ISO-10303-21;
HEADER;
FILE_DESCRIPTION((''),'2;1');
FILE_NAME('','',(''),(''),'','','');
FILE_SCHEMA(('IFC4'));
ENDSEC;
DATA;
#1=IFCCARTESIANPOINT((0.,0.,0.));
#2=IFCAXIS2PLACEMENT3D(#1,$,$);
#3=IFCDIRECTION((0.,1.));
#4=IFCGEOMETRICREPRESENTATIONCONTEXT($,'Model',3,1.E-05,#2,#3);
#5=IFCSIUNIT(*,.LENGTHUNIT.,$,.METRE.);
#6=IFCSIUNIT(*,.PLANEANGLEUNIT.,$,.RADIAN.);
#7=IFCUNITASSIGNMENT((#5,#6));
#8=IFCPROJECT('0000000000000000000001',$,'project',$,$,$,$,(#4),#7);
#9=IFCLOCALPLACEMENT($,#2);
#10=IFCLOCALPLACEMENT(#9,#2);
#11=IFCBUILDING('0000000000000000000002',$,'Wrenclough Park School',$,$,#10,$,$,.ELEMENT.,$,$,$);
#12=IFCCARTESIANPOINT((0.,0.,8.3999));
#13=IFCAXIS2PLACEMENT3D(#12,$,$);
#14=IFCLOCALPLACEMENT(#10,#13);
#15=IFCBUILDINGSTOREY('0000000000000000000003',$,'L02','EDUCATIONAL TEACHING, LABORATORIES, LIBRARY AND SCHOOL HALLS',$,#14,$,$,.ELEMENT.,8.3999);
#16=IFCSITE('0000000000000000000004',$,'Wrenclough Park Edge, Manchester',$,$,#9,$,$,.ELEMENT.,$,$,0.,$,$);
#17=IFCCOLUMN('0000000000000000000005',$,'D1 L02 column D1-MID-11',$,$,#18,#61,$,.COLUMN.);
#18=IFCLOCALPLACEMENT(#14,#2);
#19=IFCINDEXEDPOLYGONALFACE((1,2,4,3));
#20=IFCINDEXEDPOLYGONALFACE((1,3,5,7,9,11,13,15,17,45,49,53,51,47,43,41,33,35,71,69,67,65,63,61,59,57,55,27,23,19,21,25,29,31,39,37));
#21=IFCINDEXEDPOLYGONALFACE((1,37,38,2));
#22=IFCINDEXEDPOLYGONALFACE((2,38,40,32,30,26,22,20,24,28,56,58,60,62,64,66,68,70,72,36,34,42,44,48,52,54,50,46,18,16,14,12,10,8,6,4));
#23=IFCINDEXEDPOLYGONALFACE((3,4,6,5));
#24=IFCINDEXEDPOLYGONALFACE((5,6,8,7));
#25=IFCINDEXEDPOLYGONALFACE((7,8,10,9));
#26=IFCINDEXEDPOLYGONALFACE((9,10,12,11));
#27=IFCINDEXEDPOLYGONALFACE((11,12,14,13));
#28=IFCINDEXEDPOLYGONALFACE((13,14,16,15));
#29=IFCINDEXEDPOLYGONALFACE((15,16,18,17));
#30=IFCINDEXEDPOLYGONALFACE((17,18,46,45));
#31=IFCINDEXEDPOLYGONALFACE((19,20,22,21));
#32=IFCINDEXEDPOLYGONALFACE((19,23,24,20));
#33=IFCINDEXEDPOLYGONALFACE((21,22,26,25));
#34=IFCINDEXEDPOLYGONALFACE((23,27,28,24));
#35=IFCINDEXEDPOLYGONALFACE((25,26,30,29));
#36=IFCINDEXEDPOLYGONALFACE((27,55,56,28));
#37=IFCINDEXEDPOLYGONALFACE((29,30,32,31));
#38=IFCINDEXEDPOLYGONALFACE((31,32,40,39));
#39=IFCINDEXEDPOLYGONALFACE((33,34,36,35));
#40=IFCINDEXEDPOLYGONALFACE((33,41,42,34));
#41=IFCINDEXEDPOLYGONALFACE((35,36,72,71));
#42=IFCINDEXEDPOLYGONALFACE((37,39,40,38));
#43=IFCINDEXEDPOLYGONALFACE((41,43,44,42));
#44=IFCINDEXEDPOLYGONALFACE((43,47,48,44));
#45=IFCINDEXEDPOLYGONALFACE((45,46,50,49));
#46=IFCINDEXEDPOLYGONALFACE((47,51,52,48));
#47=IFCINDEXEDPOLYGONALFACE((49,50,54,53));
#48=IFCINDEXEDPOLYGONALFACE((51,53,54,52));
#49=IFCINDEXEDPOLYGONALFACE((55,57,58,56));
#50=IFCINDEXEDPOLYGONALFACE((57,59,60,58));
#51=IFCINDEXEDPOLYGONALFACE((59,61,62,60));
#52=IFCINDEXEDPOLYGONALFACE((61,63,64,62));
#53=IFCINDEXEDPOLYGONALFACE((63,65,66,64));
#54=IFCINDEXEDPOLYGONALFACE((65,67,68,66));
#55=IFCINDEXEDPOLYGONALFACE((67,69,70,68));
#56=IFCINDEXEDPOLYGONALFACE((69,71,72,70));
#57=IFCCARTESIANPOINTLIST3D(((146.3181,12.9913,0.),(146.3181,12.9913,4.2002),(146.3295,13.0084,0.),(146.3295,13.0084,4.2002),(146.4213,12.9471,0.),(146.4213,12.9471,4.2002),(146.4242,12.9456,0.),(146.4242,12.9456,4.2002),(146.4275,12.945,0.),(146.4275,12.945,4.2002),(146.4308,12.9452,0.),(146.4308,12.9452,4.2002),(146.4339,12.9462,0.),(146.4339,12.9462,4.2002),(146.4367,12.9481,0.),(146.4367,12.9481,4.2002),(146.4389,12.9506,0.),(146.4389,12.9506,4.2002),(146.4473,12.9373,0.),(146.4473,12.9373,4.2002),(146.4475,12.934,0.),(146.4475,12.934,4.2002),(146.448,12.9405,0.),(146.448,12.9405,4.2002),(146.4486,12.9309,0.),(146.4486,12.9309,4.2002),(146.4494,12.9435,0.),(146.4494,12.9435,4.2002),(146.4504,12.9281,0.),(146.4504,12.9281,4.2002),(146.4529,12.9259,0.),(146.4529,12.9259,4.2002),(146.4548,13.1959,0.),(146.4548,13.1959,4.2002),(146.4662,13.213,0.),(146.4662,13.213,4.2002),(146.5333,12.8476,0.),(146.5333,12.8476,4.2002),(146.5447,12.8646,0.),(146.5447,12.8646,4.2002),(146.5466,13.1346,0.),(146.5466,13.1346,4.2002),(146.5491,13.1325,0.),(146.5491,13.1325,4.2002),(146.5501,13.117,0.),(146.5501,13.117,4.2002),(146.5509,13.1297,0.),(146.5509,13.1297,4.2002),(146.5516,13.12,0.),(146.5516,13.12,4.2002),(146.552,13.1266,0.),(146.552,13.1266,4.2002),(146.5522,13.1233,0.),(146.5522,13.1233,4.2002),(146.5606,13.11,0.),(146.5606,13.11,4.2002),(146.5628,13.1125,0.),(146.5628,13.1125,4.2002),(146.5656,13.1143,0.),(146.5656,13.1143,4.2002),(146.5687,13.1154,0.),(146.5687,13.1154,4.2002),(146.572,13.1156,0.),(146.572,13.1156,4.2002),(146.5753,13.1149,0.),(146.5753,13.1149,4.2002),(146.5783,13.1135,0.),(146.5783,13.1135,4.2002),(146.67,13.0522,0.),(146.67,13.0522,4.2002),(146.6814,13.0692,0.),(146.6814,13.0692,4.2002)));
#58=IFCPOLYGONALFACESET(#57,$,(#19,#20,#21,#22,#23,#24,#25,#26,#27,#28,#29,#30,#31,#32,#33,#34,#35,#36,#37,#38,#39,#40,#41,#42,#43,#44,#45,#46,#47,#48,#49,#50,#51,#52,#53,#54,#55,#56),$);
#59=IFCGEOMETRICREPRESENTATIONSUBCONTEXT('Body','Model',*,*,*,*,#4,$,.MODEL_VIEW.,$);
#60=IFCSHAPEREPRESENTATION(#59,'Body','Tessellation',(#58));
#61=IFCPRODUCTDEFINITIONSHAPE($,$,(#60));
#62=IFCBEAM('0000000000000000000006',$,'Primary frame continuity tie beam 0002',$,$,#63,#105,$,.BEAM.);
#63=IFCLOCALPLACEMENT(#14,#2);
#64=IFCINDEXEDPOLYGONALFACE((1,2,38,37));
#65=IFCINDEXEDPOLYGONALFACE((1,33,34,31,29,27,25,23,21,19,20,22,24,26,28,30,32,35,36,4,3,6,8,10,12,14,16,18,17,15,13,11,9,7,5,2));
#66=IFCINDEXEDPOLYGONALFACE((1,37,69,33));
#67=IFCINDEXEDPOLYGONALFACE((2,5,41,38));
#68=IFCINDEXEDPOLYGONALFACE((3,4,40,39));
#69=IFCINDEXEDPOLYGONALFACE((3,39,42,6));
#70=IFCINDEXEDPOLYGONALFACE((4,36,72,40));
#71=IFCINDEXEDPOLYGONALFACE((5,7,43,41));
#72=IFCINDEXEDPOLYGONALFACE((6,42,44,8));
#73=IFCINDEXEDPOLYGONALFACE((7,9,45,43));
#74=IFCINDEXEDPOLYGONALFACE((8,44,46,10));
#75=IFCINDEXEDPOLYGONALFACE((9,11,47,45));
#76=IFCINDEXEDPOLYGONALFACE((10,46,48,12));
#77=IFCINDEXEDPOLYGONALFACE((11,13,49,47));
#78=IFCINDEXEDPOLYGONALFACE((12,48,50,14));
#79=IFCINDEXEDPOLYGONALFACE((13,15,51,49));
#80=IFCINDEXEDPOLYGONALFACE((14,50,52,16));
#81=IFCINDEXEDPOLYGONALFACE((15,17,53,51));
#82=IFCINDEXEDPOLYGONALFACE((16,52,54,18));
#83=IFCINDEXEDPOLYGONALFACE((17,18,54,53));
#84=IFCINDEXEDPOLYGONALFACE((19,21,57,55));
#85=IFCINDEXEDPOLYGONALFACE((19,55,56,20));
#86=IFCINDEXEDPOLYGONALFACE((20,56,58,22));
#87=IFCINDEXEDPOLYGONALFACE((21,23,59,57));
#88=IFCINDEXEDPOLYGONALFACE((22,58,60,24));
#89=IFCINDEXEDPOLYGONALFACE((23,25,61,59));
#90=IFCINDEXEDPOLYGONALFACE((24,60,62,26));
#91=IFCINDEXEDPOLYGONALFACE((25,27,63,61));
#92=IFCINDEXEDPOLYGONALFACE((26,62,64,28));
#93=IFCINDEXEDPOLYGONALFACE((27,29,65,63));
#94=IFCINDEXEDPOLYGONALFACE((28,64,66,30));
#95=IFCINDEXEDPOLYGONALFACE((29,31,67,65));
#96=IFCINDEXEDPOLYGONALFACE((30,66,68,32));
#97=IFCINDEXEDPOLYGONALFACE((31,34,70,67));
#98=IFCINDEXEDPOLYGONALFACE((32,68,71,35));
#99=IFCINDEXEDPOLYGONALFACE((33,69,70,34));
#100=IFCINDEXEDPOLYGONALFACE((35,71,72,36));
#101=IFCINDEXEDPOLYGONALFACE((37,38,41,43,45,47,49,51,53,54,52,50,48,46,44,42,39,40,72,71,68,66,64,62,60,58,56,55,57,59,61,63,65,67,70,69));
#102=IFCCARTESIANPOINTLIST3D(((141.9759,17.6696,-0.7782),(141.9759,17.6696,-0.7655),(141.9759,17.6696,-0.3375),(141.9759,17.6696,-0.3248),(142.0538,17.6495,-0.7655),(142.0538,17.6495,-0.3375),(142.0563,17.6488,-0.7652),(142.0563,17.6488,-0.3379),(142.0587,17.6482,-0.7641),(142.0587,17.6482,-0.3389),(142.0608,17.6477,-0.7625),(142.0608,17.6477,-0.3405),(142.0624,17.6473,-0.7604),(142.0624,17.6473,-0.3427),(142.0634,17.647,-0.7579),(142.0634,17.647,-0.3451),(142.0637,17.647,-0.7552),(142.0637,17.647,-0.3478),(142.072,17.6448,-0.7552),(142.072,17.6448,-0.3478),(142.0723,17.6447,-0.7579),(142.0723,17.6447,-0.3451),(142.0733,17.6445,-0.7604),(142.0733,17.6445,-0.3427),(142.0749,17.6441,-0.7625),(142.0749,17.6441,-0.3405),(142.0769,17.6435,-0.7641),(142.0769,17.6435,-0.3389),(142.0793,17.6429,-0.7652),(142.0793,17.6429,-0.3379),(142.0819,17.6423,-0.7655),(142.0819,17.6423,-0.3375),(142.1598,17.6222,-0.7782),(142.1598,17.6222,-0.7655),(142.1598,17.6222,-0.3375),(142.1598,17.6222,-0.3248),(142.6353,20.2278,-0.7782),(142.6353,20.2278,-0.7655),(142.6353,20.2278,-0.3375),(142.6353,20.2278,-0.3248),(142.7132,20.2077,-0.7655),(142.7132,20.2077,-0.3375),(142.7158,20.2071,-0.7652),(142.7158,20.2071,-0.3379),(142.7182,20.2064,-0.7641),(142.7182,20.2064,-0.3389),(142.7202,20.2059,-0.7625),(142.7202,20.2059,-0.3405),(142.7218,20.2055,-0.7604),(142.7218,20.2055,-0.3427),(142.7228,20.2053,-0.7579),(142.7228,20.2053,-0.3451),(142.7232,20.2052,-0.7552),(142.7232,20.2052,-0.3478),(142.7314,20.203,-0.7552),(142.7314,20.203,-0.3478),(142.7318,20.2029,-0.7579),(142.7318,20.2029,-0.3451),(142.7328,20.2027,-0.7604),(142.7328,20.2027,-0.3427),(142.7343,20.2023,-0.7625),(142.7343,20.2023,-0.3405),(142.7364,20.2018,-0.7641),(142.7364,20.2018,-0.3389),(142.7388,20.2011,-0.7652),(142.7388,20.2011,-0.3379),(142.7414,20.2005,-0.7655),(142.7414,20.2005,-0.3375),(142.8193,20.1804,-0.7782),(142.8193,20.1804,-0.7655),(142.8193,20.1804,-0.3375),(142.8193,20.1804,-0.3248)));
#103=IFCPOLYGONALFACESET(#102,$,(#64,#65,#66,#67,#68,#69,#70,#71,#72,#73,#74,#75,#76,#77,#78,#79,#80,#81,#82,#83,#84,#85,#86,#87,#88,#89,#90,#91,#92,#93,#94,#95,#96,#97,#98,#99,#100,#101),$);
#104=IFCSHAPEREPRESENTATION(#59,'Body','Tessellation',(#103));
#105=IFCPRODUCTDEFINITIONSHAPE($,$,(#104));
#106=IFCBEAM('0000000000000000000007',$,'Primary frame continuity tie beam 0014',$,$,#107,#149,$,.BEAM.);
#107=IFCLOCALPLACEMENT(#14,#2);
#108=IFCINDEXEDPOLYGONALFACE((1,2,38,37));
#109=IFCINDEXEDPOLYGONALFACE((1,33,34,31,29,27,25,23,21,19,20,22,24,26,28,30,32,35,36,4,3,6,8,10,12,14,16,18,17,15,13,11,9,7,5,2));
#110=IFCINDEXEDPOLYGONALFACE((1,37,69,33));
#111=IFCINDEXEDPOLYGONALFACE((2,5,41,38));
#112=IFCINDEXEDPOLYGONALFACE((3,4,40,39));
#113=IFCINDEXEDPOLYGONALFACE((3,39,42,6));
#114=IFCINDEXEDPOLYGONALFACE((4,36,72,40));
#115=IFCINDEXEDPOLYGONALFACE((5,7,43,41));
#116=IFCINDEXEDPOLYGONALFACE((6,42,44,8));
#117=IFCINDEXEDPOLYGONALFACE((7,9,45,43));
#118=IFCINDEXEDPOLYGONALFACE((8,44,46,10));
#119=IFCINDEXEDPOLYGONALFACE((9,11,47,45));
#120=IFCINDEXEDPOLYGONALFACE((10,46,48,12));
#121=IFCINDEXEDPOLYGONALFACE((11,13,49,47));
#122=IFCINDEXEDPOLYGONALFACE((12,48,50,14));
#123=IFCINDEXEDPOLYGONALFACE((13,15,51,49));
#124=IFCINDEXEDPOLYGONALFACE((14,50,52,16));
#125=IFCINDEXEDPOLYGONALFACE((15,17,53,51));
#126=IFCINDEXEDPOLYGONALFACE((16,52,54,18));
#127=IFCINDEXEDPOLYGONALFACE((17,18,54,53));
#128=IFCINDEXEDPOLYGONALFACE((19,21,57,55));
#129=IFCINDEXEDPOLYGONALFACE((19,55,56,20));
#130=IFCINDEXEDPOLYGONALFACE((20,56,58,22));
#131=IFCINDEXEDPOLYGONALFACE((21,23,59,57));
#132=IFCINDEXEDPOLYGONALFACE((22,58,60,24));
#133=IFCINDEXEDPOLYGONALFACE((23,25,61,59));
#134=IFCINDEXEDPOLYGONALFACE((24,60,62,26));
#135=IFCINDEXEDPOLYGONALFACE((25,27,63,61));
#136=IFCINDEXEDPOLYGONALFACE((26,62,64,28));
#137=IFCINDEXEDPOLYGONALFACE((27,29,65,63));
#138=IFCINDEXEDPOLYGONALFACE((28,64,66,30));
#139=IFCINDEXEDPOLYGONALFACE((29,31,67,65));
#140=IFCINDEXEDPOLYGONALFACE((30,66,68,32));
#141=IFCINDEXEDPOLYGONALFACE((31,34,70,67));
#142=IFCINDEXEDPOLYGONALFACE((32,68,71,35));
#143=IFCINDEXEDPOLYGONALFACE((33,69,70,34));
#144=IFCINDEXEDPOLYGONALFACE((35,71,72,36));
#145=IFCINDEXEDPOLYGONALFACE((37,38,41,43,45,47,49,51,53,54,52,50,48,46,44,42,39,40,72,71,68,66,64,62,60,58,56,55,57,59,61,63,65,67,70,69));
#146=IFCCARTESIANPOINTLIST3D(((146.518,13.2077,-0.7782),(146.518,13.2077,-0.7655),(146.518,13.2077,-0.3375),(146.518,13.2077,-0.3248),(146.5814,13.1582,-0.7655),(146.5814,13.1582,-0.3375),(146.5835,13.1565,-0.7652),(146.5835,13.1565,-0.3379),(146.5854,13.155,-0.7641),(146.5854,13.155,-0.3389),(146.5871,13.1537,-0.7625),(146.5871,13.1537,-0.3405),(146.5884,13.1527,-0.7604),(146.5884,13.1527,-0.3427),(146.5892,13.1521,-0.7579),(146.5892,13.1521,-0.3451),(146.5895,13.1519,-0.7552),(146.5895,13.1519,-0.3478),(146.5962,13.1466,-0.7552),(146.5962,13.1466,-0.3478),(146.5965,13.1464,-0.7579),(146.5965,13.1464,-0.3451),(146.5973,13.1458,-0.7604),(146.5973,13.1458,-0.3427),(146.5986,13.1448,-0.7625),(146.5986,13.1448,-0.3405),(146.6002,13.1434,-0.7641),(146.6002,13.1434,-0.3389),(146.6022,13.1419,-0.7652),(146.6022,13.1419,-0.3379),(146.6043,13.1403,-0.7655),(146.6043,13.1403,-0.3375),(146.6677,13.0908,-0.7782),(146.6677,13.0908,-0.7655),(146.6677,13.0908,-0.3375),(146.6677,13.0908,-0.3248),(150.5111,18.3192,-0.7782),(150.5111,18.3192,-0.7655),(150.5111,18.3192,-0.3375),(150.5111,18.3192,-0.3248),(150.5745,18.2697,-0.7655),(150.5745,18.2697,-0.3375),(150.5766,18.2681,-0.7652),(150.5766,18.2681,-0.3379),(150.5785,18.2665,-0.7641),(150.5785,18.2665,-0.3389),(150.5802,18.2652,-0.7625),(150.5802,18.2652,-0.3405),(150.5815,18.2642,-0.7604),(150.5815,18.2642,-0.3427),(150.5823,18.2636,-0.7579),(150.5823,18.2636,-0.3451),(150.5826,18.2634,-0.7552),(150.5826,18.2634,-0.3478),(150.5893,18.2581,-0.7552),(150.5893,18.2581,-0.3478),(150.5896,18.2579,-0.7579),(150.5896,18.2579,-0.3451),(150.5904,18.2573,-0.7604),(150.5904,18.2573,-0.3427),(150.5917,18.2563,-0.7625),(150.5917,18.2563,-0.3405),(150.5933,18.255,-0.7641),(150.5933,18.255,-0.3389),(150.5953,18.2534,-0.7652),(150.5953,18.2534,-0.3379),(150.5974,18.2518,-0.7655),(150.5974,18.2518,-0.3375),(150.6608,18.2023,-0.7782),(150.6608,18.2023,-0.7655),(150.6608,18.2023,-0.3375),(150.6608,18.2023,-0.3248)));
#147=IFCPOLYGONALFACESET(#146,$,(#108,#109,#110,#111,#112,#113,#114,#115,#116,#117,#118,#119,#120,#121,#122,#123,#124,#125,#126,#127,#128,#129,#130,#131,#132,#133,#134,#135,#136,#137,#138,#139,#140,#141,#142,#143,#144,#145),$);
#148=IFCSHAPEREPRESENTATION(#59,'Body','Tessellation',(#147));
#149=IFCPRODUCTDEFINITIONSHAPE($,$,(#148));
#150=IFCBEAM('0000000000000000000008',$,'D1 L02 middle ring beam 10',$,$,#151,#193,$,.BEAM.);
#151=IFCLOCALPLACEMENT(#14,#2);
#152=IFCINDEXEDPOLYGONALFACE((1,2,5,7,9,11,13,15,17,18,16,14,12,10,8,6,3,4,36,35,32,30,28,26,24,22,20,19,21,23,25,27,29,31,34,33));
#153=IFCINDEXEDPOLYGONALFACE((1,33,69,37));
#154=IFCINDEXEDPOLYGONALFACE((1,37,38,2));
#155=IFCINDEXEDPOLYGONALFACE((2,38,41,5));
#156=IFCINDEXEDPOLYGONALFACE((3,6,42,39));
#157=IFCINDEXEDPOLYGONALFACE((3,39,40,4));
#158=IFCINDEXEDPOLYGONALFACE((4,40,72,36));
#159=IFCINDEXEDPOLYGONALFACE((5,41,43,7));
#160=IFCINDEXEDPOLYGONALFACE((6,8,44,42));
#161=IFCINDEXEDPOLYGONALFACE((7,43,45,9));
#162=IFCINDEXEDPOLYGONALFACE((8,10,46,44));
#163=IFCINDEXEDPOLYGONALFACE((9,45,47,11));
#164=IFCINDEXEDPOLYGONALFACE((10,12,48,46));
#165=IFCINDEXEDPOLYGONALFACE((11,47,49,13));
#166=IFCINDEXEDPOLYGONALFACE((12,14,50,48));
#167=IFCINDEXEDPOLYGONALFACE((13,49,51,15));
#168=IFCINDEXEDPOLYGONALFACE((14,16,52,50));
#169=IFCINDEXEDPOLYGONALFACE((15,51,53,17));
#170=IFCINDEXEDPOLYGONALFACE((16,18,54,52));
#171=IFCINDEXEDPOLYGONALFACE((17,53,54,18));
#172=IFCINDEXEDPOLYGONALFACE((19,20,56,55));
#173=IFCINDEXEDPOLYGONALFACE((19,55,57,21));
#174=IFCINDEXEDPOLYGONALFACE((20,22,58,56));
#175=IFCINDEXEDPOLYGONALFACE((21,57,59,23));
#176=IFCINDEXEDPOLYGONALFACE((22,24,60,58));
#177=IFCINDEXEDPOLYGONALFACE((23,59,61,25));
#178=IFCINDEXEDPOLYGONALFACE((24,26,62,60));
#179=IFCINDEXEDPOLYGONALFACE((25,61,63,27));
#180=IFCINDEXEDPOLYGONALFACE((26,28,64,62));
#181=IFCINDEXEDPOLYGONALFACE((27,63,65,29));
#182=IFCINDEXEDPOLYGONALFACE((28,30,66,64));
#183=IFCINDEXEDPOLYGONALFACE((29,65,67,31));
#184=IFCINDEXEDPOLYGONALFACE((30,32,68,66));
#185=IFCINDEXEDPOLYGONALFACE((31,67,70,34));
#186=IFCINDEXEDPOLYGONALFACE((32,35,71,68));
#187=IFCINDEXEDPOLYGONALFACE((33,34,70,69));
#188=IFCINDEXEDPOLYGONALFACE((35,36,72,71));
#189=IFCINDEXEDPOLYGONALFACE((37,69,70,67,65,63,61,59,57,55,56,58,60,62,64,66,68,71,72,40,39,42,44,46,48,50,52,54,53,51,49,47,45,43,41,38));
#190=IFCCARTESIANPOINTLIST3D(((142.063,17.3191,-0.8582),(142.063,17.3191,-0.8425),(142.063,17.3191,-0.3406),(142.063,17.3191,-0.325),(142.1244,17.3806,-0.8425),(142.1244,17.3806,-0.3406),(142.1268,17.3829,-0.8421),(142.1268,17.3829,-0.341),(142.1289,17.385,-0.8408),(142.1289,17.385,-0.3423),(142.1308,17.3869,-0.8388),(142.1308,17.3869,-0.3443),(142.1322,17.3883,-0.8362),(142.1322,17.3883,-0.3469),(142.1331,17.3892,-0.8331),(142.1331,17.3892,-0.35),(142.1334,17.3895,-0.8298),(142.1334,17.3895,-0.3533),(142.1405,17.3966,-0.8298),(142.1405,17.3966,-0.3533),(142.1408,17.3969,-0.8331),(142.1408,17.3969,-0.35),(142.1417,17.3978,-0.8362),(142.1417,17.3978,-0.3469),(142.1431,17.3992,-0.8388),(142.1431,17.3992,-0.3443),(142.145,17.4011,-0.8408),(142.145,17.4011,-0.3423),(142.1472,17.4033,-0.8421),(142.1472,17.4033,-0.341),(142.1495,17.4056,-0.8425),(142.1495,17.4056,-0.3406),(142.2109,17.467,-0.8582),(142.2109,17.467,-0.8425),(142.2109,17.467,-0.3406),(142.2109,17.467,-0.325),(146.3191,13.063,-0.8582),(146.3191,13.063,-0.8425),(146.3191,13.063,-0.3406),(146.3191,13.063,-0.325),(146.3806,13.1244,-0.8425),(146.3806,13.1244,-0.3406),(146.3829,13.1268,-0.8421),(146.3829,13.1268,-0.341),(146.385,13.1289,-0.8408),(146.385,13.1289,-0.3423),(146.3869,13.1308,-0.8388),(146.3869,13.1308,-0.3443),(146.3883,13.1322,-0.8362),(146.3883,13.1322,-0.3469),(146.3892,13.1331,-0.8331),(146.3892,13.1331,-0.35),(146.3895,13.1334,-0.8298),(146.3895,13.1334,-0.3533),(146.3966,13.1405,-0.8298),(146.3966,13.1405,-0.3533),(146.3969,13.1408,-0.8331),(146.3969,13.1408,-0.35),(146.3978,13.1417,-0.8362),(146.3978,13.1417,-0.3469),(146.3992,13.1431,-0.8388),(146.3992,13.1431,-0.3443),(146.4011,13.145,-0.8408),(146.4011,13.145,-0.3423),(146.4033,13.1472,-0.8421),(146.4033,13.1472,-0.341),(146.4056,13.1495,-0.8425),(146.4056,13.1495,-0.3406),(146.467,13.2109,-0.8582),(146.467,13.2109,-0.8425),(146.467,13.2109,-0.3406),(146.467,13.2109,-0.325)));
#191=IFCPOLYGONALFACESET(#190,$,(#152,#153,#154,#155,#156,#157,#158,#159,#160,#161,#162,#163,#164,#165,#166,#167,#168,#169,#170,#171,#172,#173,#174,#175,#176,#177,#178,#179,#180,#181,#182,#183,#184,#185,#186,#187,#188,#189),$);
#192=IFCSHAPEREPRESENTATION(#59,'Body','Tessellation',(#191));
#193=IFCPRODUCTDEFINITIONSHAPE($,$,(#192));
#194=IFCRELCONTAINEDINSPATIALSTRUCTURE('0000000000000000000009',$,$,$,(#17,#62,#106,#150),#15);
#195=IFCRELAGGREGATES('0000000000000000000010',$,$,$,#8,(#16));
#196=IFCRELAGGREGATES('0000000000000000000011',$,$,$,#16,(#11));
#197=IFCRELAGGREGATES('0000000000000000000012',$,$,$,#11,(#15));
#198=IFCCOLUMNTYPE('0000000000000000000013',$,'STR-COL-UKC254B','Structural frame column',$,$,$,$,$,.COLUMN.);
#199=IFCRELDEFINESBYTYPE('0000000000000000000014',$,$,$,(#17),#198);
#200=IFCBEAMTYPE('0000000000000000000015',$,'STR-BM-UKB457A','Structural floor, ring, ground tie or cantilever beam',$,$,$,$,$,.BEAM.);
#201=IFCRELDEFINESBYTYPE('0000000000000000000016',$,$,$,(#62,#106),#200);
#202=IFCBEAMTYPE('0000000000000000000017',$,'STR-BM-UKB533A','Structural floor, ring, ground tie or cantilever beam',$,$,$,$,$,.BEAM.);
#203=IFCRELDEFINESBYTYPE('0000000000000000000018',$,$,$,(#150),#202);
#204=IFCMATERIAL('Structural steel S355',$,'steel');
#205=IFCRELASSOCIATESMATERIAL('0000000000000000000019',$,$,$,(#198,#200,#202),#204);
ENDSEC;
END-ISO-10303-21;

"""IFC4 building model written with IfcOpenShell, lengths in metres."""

from ifc_helpers import new_model, si_unit, direction, frame, origin, origin_2d, place, context, subcontext, project, spatial, i_section, extrude, material, material_profile, profile_set, type_object, element, save


model = new_model("IFC4")

# Units and contexts
model_context = context("Model", 3, precision=1e-05, world=origin(), true_north=direction((0.0, 1.0)))
body_context = subcontext(model_context, "Body", "Model", "MODEL_VIEW")
ifc_project = project(units=[si_unit("LENGTHUNIT", "METRE"), si_unit("PLANEANGLEUNIT", "RADIAN")], contexts=[model_context])

# Site, building, storey
site_placement = place(None, origin())
site = spatial("IfcSite", under=ifc_project, at=site_placement, Name="Wrenclough Park Edge, Manchester", CompositionType="ELEMENT", RefElevation=0.0)
building_placement = place(site_placement, origin())
building = spatial("IfcBuilding", under=site, at=building_placement, Name="Wrenclough Park School", CompositionType="ELEMENT")
storey_placement = place(building_placement, frame((0.0, 0.0, 8.3999)))
storey = spatial("IfcBuildingStorey", under=building, at=storey_placement, Name="L02", Description="EDUCATIONAL TEACHING, LABORATORIES, LIBRARY AND SCHOOL HALLS", CompositionType="ELEMENT", Elevation=8.3999)

# Column
ifc_material_1 = material(Name="Structural steel S355", Category="steel")
ifc_material_profile_1 = material_profile(ifc_material_1, i_section(OverallWidth=0.2588, OverallDepth=0.2666, WebThickness=0.0127, FlangeThickness=0.0205, FilletRadius=0.0127, at=origin_2d()), Name="UKC 254x254x107")
ifc_profile_set_1 = profile_set([ifc_material_profile_1], Name="Structural steel S355")
column_type_1 = type_object("IfcColumnType", Name="STR-COL-UKC254B", Description="Structural frame column", PredefinedType="COLUMN", material=ifc_profile_set_1)
for number, where, z_axis, x_axis, name in (
    (1, (146.4998, 13.0303, 0.0), (0.0, 0.0, 1.0), (0.83147, -0.55557, 0.0), "D1 L02 column D1-MID-11"),
):
    element("IfcColumn", number, at=place(storey_placement, frame(where, z_axis=z_axis, x_axis=x_axis)), inside=storey, type_object=column_type_1, Name=name, PredefinedType="COLUMN", context=body_context, shape_type="SweptSolid", body=[
        extrude(i_section(OverallWidth=0.2588, OverallDepth=0.2666, WebThickness=0.0127, FlangeThickness=0.0205, FilletRadius=0.0127, at=origin_2d()), origin(), (0.0, 0.0, 1.0), 4.2002),
    ])

# Beams
ifc_material_profile_2 = material_profile(ifc_material_1, i_section(OverallWidth=0.1899, OverallDepth=0.4534, WebThickness=0.0085, FlangeThickness=0.0127, FilletRadius=0.0103, at=origin_2d()), Name="UKB 457x191x67")
ifc_profile_set_2 = profile_set([ifc_material_profile_2], Name="Structural steel S355")
beam_type_1 = type_object("IfcBeamType", Name="STR-BM-UKB457A", Description="Structural floor, ring, ground tie or cantilever beam", PredefinedType="BEAM", material=ifc_profile_set_2)
beam_1_placement = place(storey_placement, frame((142.7273, 20.2041, -0.5515), z_axis=(-0.249618, -0.968344, 0.0), x_axis=(0.968344, -0.249618, 0.0)))
element("IfcBeam", 2, at=beam_1_placement, inside=storey, type_object=beam_type_1, Name="Primary frame continuity tie beam 0002", PredefinedType="BEAM", context=body_context, shape_type="SweptSolid", body=[
    extrude(i_section(OverallWidth=0.1899, OverallDepth=0.4534, WebThickness=0.0085, FlangeThickness=0.0127, FilletRadius=0.0103, at=origin_2d()), origin(), (0.0, 0.0, 1.0), 2.6418),
])
beam_2_placement = place(storey_placement, frame((150.5859, 18.2607, -0.5515), z_axis=(-0.61562, -0.788043, 0.0), x_axis=(0.788043, -0.61562, 0.0)))
element("IfcBeam", 3, at=beam_2_placement, inside=storey, type_object=beam_type_1, Name="Primary frame continuity tie beam 0014", PredefinedType="BEAM", context=body_context, shape_type="SweptSolid", body=[
    extrude(i_section(OverallWidth=0.1899, OverallDepth=0.4534, WebThickness=0.0085, FlangeThickness=0.0127, FilletRadius=0.0103, at=origin_2d()), origin(), (0.0, 0.0, 1.0), 6.4863),
])
ifc_material_profile_3 = material_profile(ifc_material_1, i_section(OverallWidth=0.2092, OverallDepth=0.5332, WebThickness=0.01, FlangeThickness=0.0156, FilletRadius=0.0127, at=origin_2d()), Name="UKB 533x210x92")
ifc_profile_set_3 = profile_set([ifc_material_profile_3], Name="Structural steel S355")
beam_type_2 = type_object("IfcBeamType", Name="STR-BM-UKB533A", Description="Structural floor, ring, ground tie or cantilever beam", PredefinedType="BEAM", material=ifc_profile_set_3)
beam_3_placement = place(storey_placement, frame((142.137, 17.3931, -0.5916), z_axis=(0.707107, -0.707107, 0.0), x_axis=(0.707107, 0.707107, 0.0)))
element("IfcBeam", 4, at=beam_3_placement, inside=storey, type_object=beam_type_2, Name="D1 L02 middle ring beam 10", PredefinedType="BEAM", context=body_context, shape_type="SweptSolid", body=[
    extrude(i_section(OverallWidth=0.2092, OverallDepth=0.5332, WebThickness=0.01, FlangeThickness=0.0156, FilletRadius=0.0127, at=origin_2d()), origin(), (0.0, 0.0, 1.0), 6.019),
])

save(model, "model.ifc")
